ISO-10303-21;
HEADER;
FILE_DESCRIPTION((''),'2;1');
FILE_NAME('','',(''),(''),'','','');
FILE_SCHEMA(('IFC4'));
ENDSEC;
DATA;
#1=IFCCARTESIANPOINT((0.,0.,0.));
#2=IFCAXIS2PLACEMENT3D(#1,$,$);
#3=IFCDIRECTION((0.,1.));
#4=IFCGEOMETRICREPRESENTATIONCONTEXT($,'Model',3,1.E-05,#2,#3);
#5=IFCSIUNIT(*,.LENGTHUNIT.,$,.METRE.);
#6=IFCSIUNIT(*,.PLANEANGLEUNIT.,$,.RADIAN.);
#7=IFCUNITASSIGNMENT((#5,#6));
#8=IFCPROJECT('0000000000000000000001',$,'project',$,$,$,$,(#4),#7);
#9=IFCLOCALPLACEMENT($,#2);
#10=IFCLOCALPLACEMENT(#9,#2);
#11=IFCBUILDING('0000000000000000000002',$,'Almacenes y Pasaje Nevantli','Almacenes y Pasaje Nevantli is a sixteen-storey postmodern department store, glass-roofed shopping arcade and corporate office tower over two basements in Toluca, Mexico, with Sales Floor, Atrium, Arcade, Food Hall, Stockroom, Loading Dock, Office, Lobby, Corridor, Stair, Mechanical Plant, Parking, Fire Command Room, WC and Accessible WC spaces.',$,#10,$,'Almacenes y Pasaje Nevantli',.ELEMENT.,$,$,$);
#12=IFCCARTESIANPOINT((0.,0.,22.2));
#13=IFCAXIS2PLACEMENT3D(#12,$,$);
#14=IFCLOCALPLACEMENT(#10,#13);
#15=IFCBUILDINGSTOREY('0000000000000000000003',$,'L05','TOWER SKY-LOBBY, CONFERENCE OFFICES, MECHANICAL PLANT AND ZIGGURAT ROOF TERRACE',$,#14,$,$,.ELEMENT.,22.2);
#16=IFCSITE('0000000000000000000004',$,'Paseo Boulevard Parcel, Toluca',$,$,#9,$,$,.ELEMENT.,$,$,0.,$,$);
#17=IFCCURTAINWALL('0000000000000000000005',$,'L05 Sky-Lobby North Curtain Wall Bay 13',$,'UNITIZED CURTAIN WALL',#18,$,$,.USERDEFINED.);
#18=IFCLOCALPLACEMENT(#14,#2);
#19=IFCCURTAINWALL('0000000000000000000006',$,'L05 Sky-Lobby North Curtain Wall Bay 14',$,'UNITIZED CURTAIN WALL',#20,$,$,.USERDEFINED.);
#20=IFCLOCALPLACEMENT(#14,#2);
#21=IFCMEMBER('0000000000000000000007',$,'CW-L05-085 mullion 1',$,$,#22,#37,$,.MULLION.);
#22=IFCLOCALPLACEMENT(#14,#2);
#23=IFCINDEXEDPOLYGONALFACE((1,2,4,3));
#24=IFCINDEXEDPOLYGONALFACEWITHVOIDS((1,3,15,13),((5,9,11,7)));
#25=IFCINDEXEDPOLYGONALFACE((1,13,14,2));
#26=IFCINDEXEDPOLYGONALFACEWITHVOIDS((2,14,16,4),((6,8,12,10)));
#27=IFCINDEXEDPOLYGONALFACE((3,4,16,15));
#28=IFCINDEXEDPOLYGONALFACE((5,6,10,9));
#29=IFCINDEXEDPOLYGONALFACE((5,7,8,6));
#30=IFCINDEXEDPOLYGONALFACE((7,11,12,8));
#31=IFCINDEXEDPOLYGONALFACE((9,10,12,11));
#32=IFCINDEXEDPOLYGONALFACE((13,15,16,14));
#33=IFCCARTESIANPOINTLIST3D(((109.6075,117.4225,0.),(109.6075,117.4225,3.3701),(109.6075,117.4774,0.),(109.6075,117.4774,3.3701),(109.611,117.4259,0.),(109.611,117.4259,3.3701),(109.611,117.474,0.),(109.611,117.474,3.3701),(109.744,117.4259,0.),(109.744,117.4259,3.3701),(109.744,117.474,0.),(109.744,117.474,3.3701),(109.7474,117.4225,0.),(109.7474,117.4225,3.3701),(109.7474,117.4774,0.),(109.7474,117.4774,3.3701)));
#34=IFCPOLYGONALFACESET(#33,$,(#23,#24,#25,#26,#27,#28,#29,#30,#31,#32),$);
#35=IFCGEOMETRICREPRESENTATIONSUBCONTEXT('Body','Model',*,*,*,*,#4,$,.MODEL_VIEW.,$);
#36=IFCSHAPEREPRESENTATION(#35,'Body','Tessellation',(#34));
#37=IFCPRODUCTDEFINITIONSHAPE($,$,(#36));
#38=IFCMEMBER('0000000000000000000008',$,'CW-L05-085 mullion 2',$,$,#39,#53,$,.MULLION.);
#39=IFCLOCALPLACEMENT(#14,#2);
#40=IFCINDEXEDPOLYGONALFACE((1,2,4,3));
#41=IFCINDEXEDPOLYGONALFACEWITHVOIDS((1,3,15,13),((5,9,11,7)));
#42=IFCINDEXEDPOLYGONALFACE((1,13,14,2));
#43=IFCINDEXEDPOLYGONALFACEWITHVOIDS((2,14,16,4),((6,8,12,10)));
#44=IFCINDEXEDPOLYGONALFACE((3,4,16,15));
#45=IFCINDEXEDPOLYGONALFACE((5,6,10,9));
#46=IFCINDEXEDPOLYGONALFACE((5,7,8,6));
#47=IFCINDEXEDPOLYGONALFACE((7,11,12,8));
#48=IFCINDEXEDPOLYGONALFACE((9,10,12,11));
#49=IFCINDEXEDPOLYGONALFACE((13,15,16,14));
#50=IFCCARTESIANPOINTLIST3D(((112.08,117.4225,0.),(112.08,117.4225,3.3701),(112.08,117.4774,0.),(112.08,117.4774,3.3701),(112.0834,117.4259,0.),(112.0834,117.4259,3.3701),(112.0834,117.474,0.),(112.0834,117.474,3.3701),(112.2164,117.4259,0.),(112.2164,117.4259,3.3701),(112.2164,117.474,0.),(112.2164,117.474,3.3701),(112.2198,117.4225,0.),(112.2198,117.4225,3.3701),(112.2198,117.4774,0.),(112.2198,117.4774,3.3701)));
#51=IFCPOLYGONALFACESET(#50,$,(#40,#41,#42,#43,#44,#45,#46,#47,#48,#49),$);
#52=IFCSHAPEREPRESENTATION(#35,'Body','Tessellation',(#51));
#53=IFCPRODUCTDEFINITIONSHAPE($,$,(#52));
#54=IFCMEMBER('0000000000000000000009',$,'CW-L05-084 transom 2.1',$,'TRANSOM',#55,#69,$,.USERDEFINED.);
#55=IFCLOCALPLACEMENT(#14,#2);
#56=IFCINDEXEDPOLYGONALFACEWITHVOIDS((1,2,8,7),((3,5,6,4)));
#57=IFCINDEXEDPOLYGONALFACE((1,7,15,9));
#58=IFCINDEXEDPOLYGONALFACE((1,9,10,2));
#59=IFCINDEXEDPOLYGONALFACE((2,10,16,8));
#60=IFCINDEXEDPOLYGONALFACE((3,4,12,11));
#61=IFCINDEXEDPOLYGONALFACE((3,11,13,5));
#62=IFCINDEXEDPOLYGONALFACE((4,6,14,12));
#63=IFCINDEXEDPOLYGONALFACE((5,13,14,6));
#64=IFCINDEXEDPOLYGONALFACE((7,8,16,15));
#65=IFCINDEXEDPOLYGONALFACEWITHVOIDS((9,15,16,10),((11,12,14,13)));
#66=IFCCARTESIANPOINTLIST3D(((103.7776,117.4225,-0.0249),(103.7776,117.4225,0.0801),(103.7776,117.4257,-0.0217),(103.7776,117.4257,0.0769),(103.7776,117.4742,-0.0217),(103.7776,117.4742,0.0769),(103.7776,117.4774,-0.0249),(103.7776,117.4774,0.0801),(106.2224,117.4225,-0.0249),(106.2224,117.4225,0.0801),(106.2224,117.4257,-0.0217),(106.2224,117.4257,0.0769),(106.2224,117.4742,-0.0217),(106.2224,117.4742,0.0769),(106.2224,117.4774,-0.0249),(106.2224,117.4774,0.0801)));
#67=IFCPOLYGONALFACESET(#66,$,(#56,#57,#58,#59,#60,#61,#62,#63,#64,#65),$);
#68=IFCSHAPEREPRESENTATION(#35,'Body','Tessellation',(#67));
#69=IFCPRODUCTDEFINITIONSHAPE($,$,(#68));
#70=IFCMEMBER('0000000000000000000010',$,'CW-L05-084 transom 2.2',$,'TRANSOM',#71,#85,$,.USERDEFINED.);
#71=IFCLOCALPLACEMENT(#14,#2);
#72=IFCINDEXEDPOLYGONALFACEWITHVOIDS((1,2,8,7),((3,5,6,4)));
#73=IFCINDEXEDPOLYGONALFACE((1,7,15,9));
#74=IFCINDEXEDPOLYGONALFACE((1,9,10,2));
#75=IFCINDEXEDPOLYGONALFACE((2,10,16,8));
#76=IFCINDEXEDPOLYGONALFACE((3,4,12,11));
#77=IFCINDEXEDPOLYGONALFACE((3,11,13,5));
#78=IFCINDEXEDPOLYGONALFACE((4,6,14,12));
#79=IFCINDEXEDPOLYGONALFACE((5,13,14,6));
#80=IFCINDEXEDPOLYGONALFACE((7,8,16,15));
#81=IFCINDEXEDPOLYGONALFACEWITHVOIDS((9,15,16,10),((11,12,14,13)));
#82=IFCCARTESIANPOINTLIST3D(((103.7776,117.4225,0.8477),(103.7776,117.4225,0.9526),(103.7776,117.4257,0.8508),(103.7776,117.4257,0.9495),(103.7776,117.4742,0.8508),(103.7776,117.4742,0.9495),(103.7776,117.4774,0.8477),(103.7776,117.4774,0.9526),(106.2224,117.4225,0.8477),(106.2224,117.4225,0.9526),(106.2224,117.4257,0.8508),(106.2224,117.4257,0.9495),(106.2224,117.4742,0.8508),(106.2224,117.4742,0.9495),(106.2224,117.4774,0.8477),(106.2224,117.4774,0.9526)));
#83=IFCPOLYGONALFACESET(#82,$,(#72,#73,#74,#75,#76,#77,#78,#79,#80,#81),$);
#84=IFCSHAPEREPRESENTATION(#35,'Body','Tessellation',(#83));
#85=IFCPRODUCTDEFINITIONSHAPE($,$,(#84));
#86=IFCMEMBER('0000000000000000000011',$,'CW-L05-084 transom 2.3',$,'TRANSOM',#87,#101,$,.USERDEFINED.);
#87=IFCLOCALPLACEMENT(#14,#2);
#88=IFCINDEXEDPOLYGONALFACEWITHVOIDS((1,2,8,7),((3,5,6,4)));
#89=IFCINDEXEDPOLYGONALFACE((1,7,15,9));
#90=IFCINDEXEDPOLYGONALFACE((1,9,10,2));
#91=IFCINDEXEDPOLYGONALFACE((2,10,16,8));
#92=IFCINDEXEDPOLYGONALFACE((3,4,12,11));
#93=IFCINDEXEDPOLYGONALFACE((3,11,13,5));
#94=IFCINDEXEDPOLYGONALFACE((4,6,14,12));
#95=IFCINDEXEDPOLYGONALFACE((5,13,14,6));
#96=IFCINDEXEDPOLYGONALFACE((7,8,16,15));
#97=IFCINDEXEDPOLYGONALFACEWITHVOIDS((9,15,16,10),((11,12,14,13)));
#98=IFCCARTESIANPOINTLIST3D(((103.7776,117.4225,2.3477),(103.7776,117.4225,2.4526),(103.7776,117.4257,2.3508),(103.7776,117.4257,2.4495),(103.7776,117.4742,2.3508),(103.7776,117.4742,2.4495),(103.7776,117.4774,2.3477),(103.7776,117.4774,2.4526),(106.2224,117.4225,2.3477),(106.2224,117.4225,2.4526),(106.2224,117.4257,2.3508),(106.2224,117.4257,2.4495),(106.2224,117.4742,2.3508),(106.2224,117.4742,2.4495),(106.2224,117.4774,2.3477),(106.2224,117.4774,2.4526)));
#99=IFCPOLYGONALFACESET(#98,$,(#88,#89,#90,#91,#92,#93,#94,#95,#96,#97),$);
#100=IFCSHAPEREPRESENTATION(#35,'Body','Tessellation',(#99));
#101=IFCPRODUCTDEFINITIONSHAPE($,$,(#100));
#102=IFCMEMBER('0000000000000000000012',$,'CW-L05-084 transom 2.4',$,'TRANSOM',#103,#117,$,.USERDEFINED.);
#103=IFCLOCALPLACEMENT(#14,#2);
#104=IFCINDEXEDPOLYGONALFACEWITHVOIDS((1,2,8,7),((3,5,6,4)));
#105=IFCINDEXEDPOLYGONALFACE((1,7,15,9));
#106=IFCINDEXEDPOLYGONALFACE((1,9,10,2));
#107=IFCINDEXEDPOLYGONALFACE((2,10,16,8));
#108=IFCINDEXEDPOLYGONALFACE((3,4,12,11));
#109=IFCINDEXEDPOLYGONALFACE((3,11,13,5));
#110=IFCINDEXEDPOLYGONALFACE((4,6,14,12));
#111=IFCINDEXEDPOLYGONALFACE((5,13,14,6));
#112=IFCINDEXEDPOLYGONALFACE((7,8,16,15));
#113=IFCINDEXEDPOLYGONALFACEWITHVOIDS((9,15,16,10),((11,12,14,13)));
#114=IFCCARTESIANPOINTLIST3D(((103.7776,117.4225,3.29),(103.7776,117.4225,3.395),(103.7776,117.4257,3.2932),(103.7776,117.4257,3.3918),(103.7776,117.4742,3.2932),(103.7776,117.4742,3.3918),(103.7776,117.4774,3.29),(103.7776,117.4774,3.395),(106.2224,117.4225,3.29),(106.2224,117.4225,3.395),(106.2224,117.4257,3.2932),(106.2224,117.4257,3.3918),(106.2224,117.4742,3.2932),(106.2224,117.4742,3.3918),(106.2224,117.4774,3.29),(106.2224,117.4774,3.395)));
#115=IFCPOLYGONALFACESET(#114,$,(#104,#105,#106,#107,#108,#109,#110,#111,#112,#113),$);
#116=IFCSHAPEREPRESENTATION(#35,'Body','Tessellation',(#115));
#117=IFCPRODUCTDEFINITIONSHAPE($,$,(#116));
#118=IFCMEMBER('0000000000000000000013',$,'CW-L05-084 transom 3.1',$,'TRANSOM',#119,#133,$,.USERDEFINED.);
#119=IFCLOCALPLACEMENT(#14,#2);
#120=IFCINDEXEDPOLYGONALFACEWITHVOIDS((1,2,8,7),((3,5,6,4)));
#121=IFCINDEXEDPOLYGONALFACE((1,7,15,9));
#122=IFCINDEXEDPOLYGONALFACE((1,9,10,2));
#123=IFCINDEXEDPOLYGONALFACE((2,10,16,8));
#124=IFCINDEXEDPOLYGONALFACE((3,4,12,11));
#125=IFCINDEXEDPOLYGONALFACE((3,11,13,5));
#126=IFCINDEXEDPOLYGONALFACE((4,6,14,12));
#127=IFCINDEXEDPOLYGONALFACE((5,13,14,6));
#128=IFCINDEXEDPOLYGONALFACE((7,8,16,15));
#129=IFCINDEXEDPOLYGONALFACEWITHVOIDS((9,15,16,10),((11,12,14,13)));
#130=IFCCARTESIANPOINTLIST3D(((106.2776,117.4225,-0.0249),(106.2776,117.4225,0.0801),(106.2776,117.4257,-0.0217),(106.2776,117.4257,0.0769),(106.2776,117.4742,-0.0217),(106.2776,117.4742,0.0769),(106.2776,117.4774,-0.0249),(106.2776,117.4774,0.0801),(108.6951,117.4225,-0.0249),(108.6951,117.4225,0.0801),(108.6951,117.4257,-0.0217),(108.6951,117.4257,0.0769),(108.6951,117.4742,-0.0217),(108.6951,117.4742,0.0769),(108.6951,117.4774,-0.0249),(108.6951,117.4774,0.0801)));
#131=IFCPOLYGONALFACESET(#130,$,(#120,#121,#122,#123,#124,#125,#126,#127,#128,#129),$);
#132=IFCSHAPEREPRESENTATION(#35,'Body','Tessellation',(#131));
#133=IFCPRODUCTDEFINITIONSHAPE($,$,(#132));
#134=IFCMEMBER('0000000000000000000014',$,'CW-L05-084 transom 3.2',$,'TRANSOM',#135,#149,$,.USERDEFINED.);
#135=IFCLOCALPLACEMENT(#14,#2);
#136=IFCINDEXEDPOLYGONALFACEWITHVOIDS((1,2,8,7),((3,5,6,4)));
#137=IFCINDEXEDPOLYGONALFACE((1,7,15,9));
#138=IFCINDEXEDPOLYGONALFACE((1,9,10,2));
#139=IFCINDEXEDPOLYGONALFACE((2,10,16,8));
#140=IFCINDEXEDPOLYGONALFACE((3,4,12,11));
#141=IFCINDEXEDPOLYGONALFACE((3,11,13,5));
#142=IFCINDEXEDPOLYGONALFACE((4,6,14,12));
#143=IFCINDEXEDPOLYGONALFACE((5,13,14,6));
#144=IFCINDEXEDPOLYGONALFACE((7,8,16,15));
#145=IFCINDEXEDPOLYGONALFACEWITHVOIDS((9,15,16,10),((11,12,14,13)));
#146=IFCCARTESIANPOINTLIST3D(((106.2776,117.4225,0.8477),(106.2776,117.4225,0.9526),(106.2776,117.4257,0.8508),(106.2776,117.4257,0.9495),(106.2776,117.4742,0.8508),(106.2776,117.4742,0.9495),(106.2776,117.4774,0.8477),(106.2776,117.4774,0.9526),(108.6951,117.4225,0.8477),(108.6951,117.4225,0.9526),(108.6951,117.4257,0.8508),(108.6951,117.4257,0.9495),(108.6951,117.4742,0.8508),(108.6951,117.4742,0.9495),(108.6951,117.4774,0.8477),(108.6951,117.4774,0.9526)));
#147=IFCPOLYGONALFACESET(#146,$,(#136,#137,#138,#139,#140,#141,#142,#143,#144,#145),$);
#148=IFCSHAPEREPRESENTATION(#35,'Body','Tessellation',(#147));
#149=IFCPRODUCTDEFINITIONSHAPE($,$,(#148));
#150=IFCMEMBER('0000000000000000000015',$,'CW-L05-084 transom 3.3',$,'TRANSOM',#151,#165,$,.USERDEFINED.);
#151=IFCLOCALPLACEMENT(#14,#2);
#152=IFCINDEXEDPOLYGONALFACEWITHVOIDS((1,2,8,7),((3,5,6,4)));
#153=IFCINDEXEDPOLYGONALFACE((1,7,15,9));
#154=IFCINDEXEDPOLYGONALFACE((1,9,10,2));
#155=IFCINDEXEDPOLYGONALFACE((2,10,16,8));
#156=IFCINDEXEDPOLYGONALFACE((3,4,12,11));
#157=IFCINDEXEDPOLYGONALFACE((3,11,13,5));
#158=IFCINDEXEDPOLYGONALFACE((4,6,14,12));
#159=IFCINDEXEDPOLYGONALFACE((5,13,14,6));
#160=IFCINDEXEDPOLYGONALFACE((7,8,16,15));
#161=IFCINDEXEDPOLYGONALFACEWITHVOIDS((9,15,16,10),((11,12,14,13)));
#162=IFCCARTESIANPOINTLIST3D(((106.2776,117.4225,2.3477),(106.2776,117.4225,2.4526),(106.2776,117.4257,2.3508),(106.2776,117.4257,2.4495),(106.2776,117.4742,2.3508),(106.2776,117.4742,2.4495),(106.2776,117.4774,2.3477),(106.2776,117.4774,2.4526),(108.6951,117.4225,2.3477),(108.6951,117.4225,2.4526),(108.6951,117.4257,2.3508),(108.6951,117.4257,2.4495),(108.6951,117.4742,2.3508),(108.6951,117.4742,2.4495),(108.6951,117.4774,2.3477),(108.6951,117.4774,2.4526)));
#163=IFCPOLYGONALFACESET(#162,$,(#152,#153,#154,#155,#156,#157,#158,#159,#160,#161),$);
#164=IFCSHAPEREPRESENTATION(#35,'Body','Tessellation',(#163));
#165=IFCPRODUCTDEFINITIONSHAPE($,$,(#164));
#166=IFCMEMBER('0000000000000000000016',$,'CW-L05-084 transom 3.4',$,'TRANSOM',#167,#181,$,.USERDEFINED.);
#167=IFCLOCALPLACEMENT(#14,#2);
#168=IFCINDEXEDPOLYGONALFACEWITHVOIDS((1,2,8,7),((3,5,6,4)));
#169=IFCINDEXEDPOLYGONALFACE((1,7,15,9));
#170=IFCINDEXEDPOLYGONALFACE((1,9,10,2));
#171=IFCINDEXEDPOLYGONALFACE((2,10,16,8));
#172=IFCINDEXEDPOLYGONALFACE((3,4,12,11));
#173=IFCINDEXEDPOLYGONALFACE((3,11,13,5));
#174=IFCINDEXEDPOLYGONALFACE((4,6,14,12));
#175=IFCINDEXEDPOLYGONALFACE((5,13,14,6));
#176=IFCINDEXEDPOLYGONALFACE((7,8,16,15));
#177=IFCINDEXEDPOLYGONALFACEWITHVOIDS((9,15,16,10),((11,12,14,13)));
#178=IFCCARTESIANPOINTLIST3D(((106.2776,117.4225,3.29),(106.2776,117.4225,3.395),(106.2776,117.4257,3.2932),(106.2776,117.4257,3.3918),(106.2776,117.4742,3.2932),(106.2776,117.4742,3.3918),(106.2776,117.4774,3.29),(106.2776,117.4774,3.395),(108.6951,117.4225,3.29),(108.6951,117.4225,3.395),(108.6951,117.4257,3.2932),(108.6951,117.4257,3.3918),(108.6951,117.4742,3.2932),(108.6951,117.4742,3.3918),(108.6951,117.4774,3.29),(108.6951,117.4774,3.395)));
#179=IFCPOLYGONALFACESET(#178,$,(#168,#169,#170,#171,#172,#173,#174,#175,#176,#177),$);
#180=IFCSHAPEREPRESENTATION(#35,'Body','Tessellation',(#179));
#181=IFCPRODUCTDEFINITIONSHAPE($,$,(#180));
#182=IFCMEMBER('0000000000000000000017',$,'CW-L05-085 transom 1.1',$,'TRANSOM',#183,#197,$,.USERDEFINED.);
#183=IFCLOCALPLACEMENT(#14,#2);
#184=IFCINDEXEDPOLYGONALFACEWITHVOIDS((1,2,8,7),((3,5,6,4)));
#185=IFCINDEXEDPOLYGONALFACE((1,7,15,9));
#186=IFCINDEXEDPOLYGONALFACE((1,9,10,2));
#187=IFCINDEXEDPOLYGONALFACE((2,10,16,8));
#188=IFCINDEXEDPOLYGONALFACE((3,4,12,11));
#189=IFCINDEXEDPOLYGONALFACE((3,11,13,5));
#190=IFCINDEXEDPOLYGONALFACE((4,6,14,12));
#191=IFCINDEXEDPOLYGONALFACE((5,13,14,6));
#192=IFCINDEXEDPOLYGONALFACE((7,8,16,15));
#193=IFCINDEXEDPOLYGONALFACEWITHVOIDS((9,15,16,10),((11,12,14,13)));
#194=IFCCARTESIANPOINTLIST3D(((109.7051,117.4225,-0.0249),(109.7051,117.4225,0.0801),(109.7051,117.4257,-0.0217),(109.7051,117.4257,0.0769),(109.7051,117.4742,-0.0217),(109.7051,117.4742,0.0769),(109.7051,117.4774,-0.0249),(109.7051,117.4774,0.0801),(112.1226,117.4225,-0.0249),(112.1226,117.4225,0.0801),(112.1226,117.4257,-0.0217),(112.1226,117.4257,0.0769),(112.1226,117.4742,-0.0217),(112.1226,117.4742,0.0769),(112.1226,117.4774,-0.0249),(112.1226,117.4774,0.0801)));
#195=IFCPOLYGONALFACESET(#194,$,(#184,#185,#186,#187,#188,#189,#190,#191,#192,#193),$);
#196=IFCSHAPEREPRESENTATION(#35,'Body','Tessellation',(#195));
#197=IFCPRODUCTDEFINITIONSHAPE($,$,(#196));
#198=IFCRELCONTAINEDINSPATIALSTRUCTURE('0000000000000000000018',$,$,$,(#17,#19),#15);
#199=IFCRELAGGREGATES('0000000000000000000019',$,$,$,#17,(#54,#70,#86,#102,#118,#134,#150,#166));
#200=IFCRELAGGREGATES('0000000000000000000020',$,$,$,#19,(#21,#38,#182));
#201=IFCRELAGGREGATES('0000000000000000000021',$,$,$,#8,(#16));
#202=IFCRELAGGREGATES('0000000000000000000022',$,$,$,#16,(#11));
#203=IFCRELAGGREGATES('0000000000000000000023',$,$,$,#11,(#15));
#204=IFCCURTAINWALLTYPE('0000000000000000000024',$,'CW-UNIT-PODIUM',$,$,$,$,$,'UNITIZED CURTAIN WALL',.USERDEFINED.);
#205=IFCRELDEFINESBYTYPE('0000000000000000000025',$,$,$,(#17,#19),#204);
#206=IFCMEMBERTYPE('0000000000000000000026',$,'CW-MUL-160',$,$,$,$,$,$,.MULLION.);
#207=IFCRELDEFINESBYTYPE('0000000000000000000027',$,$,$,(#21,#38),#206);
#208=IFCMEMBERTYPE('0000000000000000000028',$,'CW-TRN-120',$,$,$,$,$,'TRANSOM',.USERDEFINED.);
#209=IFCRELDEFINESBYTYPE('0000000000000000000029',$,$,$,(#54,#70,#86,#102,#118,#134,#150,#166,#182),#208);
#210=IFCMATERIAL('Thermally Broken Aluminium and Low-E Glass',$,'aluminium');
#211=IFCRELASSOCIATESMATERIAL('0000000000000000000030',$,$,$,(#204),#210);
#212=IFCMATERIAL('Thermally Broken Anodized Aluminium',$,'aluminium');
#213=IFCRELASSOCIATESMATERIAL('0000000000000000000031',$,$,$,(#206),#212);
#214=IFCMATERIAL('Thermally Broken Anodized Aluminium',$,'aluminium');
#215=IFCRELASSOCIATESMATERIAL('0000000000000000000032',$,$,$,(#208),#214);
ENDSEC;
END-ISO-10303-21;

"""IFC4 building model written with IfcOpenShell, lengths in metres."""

from ifc_helpers import new_model, si_unit, direction, frame, origin, origin_2d, place, context, subcontext, project, spatial, hollow_rectangle, extrude, material, material_profile, profile_set, type_object, element, aggregate, save


model = new_model("IFC4")

# Units and contexts
model_context = context("Model", 3, precision=1e-05, world=origin(), true_north=direction((0.0, 1.0)))
body_context = subcontext(model_context, "Body", "Model", "MODEL_VIEW")
ifc_project = project(units=[si_unit("LENGTHUNIT", "METRE"), si_unit("PLANEANGLEUNIT", "RADIAN")], contexts=[model_context])

# Site, building, storey
site_placement = place(None, origin())
site = spatial("IfcSite", under=ifc_project, at=site_placement, Name="Paseo Boulevard Parcel, Toluca", CompositionType="ELEMENT", RefElevation=0.0)
building_placement = place(site_placement, origin())
building = spatial("IfcBuilding", under=site, at=building_placement, Name="Almacenes y Pasaje Nevantli", Description="Almacenes y Pasaje Nevantli is a sixteen-storey postmodern department store, glass-roofed shopping arcade and corporate office tower over two basements in Toluca, Mexico, with Sales Floor, Atrium, Arcade, Food Hall, Stockroom, Loading Dock, Office, Lobby, Corridor, Stair, Mechanical Plant, Parking, Fire Command Room, WC and Accessible WC spaces.", LongName="Almacenes y Pasaje Nevantli", CompositionType="ELEMENT")
storey_placement = place(building_placement, frame((0.0, 0.0, 22.2)))
storey = spatial("IfcBuildingStorey", under=building, at=storey_placement, Name="L05", Description="TOWER SKY-LOBBY, CONFERENCE OFFICES, MECHANICAL PLANT AND ZIGGURAT ROOF TERRACE", CompositionType="ELEMENT", Elevation=22.2)

# Curtain walls, members
ifc_material_1 = material(Name="Thermally Broken Aluminium and Low-E Glass", Category="aluminium")
curtain_wall_type = type_object("IfcCurtainWallType", Name="CW-UNIT-PODIUM", ElementType="UNITIZED CURTAIN WALL", PredefinedType="USERDEFINED", material=ifc_material_1)
curtain_wall_1_placement = place(storey_placement, origin())
curtain_wall_1 = element("IfcCurtainWall", 1, at=curtain_wall_1_placement, inside=storey, type_object=curtain_wall_type, Name="L05 Sky-Lobby North Curtain Wall Bay 13", ObjectType="UNITIZED CURTAIN WALL", PredefinedType="USERDEFINED")
ifc_material_2 = material(Name="Thermally Broken Anodized Aluminium", Category="aluminium")
ifc_material_profile_1 = material_profile(ifc_material_2, hollow_rectangle(XDim=0.0549, YDim=0.1399, WallThickness=0.0034, at=origin_2d()), Name="ALU-MUL-55x140")
ifc_profile_set_1 = profile_set([ifc_material_profile_1], Name="Thermally Broken Anodized Aluminium")
member_type_1 = type_object("IfcMemberType", Name="CW-MUL-160", PredefinedType="MULLION", material=ifc_profile_set_1)
curtain_wall_2_placement = place(storey_placement, origin())
curtain_wall_2 = element("IfcCurtainWall", 2, at=curtain_wall_2_placement, inside=storey, type_object=curtain_wall_type, Name="L05 Sky-Lobby North Curtain Wall Bay 14", ObjectType="UNITIZED CURTAIN WALL", PredefinedType="USERDEFINED")
member_1_placement = place(storey_placement, frame((109.6775, 117.45, 0.0), z_axis=(0.0, 0.0, 1.0), x_axis=(0.0, 1.0, 0.0)))
member_1 = element("IfcMember", 3, at=member_1_placement, type_object=member_type_1, Name="CW-L05-085 mullion 1", PredefinedType="MULLION", context=body_context, shape_type="SweptSolid", body=[
    extrude(hollow_rectangle(XDim=0.0549, YDim=0.1399, WallThickness=0.0034, at=origin_2d()), origin(), (0.0, 0.0, 1.0), 3.3701),
])
member_2_placement = place(storey_placement, frame((112.1499, 117.45, 0.0), z_axis=(0.0, 0.0, 1.0), x_axis=(0.0, 1.0, 0.0)))
member_2 = element("IfcMember", 4, at=member_2_placement, type_object=member_type_1, Name="CW-L05-085 mullion 2", PredefinedType="MULLION", context=body_context, shape_type="SweptSolid", body=[
    extrude(hollow_rectangle(XDim=0.0549, YDim=0.1399, WallThickness=0.0034, at=origin_2d()), origin(), (0.0, 0.0, 1.0), 3.3701),
])

# Members
ifc_material_3 = material(Name="Thermally Broken Anodized Aluminium", Category="aluminium")
ifc_material_profile_2 = material_profile(ifc_material_3, hollow_rectangle(XDim=0.0549, YDim=0.105, WallThickness=0.0032, at=origin_2d()), Name="ALU-TRN-55x105")
ifc_profile_set_2 = profile_set([ifc_material_profile_2], Name="Thermally Broken Anodized Aluminium")
member_type_2 = type_object("IfcMemberType", Name="CW-TRN-120", ElementType="TRANSOM", PredefinedType="USERDEFINED", material=ifc_profile_set_2)
member_3_placement = place(storey_placement, frame((103.7776, 117.45, 0.0276), z_axis=(1.0, 0.0, 0.0), x_axis=(0.0, 1.0, 0.0)))
member_3 = element("IfcMember", 5, at=member_3_placement, type_object=member_type_2, Name="CW-L05-084 transom 2.1", ObjectType="TRANSOM", PredefinedType="USERDEFINED", context=body_context, shape_type="SweptSolid", body=[
    extrude(hollow_rectangle(XDim=0.0549, YDim=0.105, WallThickness=0.0032, at=origin_2d()), origin(), (0.0, 0.0, 1.0), 2.4448),
])
member_4_placement = place(storey_placement, frame((103.7776, 117.45, 0.9001), z_axis=(1.0, 0.0, 0.0), x_axis=(0.0, 1.0, 0.0)))
member_4 = element("IfcMember", 6, at=member_4_placement, type_object=member_type_2, Name="CW-L05-084 transom 2.2", ObjectType="TRANSOM", PredefinedType="USERDEFINED", context=body_context, shape_type="SweptSolid", body=[
    extrude(hollow_rectangle(XDim=0.0549, YDim=0.105, WallThickness=0.0032, at=origin_2d()), origin(), (0.0, 0.0, 1.0), 2.4448),
])
member_5_placement = place(storey_placement, frame((103.7776, 117.45, 2.4001), z_axis=(1.0, 0.0, 0.0), x_axis=(0.0, 1.0, 0.0)))
member_5 = element("IfcMember", 7, at=member_5_placement, type_object=member_type_2, Name="CW-L05-084 transom 2.3", ObjectType="TRANSOM", PredefinedType="USERDEFINED", context=body_context, shape_type="SweptSolid", body=[
    extrude(hollow_rectangle(XDim=0.0549, YDim=0.105, WallThickness=0.0032, at=origin_2d()), origin(), (0.0, 0.0, 1.0), 2.4448),
])
member_6_placement = place(storey_placement, frame((103.7776, 117.45, 3.3425), z_axis=(1.0, 0.0, 0.0), x_axis=(0.0, 1.0, 0.0)))
member_6 = element("IfcMember", 8, at=member_6_placement, type_object=member_type_2, Name="CW-L05-084 transom 2.4", ObjectType="TRANSOM", PredefinedType="USERDEFINED", context=body_context, shape_type="SweptSolid", body=[
    extrude(hollow_rectangle(XDim=0.0549, YDim=0.105, WallThickness=0.0032, at=origin_2d()), origin(), (0.0, 0.0, 1.0), 2.4448),
])
member_7_placement = place(storey_placement, frame((106.2776, 117.45, 0.0276), z_axis=(1.0, 0.0, 0.0), x_axis=(0.0, 1.0, 0.0)))
member_7 = element("IfcMember", 9, at=member_7_placement, type_object=member_type_2, Name="CW-L05-084 transom 3.1", ObjectType="TRANSOM", PredefinedType="USERDEFINED", context=body_context, shape_type="SweptSolid", body=[
    extrude(hollow_rectangle(XDim=0.0549, YDim=0.105, WallThickness=0.0032, at=origin_2d()), origin(), (0.0, 0.0, 1.0), 2.4175),
])
member_8_placement = place(storey_placement, frame((106.2776, 117.45, 0.9001), z_axis=(1.0, 0.0, 0.0), x_axis=(0.0, 1.0, 0.0)))
member_8 = element("IfcMember", 10, at=member_8_placement, type_object=member_type_2, Name="CW-L05-084 transom 3.2", ObjectType="TRANSOM", PredefinedType="USERDEFINED", context=body_context, shape_type="SweptSolid", body=[
    extrude(hollow_rectangle(XDim=0.0549, YDim=0.105, WallThickness=0.0032, at=origin_2d()), origin(), (0.0, 0.0, 1.0), 2.4175),
])
member_9_placement = place(storey_placement, frame((106.2776, 117.45, 2.4001), z_axis=(1.0, 0.0, 0.0), x_axis=(0.0, 1.0, 0.0)))
member_9 = element("IfcMember", 11, at=member_9_placement, type_object=member_type_2, Name="CW-L05-084 transom 3.3", ObjectType="TRANSOM", PredefinedType="USERDEFINED", context=body_context, shape_type="SweptSolid", body=[
    extrude(hollow_rectangle(XDim=0.0549, YDim=0.105, WallThickness=0.0032, at=origin_2d()), origin(), (0.0, 0.0, 1.0), 2.4175),
])
member_10_placement = place(storey_placement, frame((106.2776, 117.45, 3.3425), z_axis=(1.0, 0.0, 0.0), x_axis=(0.0, 1.0, 0.0)))
member_10 = element("IfcMember", 12, at=member_10_placement, type_object=member_type_2, Name="CW-L05-084 transom 3.4", ObjectType="TRANSOM", PredefinedType="USERDEFINED", context=body_context, shape_type="SweptSolid", body=[
    extrude(hollow_rectangle(XDim=0.0549, YDim=0.105, WallThickness=0.0032, at=origin_2d()), origin(), (0.0, 0.0, 1.0), 2.4175),
])
member_11_placement = place(storey_placement, frame((109.7051, 117.45, 0.0276), z_axis=(1.0, 0.0, 0.0), x_axis=(0.0, 1.0, 0.0)))
member_11 = element("IfcMember", 13, at=member_11_placement, type_object=member_type_2, Name="CW-L05-085 transom 1.1", ObjectType="TRANSOM", PredefinedType="USERDEFINED", context=body_context, shape_type="SweptSolid", body=[
    extrude(hollow_rectangle(XDim=0.0549, YDim=0.105, WallThickness=0.0032, at=origin_2d()), origin(), (0.0, 0.0, 1.0), 2.4175),
])

aggregate(curtain_wall_1, [member_3, member_4, member_5, member_6, member_7, member_8, member_9, member_10])
aggregate(curtain_wall_2, [member_1, member_2, member_11])

save(model, "model.ifc")
